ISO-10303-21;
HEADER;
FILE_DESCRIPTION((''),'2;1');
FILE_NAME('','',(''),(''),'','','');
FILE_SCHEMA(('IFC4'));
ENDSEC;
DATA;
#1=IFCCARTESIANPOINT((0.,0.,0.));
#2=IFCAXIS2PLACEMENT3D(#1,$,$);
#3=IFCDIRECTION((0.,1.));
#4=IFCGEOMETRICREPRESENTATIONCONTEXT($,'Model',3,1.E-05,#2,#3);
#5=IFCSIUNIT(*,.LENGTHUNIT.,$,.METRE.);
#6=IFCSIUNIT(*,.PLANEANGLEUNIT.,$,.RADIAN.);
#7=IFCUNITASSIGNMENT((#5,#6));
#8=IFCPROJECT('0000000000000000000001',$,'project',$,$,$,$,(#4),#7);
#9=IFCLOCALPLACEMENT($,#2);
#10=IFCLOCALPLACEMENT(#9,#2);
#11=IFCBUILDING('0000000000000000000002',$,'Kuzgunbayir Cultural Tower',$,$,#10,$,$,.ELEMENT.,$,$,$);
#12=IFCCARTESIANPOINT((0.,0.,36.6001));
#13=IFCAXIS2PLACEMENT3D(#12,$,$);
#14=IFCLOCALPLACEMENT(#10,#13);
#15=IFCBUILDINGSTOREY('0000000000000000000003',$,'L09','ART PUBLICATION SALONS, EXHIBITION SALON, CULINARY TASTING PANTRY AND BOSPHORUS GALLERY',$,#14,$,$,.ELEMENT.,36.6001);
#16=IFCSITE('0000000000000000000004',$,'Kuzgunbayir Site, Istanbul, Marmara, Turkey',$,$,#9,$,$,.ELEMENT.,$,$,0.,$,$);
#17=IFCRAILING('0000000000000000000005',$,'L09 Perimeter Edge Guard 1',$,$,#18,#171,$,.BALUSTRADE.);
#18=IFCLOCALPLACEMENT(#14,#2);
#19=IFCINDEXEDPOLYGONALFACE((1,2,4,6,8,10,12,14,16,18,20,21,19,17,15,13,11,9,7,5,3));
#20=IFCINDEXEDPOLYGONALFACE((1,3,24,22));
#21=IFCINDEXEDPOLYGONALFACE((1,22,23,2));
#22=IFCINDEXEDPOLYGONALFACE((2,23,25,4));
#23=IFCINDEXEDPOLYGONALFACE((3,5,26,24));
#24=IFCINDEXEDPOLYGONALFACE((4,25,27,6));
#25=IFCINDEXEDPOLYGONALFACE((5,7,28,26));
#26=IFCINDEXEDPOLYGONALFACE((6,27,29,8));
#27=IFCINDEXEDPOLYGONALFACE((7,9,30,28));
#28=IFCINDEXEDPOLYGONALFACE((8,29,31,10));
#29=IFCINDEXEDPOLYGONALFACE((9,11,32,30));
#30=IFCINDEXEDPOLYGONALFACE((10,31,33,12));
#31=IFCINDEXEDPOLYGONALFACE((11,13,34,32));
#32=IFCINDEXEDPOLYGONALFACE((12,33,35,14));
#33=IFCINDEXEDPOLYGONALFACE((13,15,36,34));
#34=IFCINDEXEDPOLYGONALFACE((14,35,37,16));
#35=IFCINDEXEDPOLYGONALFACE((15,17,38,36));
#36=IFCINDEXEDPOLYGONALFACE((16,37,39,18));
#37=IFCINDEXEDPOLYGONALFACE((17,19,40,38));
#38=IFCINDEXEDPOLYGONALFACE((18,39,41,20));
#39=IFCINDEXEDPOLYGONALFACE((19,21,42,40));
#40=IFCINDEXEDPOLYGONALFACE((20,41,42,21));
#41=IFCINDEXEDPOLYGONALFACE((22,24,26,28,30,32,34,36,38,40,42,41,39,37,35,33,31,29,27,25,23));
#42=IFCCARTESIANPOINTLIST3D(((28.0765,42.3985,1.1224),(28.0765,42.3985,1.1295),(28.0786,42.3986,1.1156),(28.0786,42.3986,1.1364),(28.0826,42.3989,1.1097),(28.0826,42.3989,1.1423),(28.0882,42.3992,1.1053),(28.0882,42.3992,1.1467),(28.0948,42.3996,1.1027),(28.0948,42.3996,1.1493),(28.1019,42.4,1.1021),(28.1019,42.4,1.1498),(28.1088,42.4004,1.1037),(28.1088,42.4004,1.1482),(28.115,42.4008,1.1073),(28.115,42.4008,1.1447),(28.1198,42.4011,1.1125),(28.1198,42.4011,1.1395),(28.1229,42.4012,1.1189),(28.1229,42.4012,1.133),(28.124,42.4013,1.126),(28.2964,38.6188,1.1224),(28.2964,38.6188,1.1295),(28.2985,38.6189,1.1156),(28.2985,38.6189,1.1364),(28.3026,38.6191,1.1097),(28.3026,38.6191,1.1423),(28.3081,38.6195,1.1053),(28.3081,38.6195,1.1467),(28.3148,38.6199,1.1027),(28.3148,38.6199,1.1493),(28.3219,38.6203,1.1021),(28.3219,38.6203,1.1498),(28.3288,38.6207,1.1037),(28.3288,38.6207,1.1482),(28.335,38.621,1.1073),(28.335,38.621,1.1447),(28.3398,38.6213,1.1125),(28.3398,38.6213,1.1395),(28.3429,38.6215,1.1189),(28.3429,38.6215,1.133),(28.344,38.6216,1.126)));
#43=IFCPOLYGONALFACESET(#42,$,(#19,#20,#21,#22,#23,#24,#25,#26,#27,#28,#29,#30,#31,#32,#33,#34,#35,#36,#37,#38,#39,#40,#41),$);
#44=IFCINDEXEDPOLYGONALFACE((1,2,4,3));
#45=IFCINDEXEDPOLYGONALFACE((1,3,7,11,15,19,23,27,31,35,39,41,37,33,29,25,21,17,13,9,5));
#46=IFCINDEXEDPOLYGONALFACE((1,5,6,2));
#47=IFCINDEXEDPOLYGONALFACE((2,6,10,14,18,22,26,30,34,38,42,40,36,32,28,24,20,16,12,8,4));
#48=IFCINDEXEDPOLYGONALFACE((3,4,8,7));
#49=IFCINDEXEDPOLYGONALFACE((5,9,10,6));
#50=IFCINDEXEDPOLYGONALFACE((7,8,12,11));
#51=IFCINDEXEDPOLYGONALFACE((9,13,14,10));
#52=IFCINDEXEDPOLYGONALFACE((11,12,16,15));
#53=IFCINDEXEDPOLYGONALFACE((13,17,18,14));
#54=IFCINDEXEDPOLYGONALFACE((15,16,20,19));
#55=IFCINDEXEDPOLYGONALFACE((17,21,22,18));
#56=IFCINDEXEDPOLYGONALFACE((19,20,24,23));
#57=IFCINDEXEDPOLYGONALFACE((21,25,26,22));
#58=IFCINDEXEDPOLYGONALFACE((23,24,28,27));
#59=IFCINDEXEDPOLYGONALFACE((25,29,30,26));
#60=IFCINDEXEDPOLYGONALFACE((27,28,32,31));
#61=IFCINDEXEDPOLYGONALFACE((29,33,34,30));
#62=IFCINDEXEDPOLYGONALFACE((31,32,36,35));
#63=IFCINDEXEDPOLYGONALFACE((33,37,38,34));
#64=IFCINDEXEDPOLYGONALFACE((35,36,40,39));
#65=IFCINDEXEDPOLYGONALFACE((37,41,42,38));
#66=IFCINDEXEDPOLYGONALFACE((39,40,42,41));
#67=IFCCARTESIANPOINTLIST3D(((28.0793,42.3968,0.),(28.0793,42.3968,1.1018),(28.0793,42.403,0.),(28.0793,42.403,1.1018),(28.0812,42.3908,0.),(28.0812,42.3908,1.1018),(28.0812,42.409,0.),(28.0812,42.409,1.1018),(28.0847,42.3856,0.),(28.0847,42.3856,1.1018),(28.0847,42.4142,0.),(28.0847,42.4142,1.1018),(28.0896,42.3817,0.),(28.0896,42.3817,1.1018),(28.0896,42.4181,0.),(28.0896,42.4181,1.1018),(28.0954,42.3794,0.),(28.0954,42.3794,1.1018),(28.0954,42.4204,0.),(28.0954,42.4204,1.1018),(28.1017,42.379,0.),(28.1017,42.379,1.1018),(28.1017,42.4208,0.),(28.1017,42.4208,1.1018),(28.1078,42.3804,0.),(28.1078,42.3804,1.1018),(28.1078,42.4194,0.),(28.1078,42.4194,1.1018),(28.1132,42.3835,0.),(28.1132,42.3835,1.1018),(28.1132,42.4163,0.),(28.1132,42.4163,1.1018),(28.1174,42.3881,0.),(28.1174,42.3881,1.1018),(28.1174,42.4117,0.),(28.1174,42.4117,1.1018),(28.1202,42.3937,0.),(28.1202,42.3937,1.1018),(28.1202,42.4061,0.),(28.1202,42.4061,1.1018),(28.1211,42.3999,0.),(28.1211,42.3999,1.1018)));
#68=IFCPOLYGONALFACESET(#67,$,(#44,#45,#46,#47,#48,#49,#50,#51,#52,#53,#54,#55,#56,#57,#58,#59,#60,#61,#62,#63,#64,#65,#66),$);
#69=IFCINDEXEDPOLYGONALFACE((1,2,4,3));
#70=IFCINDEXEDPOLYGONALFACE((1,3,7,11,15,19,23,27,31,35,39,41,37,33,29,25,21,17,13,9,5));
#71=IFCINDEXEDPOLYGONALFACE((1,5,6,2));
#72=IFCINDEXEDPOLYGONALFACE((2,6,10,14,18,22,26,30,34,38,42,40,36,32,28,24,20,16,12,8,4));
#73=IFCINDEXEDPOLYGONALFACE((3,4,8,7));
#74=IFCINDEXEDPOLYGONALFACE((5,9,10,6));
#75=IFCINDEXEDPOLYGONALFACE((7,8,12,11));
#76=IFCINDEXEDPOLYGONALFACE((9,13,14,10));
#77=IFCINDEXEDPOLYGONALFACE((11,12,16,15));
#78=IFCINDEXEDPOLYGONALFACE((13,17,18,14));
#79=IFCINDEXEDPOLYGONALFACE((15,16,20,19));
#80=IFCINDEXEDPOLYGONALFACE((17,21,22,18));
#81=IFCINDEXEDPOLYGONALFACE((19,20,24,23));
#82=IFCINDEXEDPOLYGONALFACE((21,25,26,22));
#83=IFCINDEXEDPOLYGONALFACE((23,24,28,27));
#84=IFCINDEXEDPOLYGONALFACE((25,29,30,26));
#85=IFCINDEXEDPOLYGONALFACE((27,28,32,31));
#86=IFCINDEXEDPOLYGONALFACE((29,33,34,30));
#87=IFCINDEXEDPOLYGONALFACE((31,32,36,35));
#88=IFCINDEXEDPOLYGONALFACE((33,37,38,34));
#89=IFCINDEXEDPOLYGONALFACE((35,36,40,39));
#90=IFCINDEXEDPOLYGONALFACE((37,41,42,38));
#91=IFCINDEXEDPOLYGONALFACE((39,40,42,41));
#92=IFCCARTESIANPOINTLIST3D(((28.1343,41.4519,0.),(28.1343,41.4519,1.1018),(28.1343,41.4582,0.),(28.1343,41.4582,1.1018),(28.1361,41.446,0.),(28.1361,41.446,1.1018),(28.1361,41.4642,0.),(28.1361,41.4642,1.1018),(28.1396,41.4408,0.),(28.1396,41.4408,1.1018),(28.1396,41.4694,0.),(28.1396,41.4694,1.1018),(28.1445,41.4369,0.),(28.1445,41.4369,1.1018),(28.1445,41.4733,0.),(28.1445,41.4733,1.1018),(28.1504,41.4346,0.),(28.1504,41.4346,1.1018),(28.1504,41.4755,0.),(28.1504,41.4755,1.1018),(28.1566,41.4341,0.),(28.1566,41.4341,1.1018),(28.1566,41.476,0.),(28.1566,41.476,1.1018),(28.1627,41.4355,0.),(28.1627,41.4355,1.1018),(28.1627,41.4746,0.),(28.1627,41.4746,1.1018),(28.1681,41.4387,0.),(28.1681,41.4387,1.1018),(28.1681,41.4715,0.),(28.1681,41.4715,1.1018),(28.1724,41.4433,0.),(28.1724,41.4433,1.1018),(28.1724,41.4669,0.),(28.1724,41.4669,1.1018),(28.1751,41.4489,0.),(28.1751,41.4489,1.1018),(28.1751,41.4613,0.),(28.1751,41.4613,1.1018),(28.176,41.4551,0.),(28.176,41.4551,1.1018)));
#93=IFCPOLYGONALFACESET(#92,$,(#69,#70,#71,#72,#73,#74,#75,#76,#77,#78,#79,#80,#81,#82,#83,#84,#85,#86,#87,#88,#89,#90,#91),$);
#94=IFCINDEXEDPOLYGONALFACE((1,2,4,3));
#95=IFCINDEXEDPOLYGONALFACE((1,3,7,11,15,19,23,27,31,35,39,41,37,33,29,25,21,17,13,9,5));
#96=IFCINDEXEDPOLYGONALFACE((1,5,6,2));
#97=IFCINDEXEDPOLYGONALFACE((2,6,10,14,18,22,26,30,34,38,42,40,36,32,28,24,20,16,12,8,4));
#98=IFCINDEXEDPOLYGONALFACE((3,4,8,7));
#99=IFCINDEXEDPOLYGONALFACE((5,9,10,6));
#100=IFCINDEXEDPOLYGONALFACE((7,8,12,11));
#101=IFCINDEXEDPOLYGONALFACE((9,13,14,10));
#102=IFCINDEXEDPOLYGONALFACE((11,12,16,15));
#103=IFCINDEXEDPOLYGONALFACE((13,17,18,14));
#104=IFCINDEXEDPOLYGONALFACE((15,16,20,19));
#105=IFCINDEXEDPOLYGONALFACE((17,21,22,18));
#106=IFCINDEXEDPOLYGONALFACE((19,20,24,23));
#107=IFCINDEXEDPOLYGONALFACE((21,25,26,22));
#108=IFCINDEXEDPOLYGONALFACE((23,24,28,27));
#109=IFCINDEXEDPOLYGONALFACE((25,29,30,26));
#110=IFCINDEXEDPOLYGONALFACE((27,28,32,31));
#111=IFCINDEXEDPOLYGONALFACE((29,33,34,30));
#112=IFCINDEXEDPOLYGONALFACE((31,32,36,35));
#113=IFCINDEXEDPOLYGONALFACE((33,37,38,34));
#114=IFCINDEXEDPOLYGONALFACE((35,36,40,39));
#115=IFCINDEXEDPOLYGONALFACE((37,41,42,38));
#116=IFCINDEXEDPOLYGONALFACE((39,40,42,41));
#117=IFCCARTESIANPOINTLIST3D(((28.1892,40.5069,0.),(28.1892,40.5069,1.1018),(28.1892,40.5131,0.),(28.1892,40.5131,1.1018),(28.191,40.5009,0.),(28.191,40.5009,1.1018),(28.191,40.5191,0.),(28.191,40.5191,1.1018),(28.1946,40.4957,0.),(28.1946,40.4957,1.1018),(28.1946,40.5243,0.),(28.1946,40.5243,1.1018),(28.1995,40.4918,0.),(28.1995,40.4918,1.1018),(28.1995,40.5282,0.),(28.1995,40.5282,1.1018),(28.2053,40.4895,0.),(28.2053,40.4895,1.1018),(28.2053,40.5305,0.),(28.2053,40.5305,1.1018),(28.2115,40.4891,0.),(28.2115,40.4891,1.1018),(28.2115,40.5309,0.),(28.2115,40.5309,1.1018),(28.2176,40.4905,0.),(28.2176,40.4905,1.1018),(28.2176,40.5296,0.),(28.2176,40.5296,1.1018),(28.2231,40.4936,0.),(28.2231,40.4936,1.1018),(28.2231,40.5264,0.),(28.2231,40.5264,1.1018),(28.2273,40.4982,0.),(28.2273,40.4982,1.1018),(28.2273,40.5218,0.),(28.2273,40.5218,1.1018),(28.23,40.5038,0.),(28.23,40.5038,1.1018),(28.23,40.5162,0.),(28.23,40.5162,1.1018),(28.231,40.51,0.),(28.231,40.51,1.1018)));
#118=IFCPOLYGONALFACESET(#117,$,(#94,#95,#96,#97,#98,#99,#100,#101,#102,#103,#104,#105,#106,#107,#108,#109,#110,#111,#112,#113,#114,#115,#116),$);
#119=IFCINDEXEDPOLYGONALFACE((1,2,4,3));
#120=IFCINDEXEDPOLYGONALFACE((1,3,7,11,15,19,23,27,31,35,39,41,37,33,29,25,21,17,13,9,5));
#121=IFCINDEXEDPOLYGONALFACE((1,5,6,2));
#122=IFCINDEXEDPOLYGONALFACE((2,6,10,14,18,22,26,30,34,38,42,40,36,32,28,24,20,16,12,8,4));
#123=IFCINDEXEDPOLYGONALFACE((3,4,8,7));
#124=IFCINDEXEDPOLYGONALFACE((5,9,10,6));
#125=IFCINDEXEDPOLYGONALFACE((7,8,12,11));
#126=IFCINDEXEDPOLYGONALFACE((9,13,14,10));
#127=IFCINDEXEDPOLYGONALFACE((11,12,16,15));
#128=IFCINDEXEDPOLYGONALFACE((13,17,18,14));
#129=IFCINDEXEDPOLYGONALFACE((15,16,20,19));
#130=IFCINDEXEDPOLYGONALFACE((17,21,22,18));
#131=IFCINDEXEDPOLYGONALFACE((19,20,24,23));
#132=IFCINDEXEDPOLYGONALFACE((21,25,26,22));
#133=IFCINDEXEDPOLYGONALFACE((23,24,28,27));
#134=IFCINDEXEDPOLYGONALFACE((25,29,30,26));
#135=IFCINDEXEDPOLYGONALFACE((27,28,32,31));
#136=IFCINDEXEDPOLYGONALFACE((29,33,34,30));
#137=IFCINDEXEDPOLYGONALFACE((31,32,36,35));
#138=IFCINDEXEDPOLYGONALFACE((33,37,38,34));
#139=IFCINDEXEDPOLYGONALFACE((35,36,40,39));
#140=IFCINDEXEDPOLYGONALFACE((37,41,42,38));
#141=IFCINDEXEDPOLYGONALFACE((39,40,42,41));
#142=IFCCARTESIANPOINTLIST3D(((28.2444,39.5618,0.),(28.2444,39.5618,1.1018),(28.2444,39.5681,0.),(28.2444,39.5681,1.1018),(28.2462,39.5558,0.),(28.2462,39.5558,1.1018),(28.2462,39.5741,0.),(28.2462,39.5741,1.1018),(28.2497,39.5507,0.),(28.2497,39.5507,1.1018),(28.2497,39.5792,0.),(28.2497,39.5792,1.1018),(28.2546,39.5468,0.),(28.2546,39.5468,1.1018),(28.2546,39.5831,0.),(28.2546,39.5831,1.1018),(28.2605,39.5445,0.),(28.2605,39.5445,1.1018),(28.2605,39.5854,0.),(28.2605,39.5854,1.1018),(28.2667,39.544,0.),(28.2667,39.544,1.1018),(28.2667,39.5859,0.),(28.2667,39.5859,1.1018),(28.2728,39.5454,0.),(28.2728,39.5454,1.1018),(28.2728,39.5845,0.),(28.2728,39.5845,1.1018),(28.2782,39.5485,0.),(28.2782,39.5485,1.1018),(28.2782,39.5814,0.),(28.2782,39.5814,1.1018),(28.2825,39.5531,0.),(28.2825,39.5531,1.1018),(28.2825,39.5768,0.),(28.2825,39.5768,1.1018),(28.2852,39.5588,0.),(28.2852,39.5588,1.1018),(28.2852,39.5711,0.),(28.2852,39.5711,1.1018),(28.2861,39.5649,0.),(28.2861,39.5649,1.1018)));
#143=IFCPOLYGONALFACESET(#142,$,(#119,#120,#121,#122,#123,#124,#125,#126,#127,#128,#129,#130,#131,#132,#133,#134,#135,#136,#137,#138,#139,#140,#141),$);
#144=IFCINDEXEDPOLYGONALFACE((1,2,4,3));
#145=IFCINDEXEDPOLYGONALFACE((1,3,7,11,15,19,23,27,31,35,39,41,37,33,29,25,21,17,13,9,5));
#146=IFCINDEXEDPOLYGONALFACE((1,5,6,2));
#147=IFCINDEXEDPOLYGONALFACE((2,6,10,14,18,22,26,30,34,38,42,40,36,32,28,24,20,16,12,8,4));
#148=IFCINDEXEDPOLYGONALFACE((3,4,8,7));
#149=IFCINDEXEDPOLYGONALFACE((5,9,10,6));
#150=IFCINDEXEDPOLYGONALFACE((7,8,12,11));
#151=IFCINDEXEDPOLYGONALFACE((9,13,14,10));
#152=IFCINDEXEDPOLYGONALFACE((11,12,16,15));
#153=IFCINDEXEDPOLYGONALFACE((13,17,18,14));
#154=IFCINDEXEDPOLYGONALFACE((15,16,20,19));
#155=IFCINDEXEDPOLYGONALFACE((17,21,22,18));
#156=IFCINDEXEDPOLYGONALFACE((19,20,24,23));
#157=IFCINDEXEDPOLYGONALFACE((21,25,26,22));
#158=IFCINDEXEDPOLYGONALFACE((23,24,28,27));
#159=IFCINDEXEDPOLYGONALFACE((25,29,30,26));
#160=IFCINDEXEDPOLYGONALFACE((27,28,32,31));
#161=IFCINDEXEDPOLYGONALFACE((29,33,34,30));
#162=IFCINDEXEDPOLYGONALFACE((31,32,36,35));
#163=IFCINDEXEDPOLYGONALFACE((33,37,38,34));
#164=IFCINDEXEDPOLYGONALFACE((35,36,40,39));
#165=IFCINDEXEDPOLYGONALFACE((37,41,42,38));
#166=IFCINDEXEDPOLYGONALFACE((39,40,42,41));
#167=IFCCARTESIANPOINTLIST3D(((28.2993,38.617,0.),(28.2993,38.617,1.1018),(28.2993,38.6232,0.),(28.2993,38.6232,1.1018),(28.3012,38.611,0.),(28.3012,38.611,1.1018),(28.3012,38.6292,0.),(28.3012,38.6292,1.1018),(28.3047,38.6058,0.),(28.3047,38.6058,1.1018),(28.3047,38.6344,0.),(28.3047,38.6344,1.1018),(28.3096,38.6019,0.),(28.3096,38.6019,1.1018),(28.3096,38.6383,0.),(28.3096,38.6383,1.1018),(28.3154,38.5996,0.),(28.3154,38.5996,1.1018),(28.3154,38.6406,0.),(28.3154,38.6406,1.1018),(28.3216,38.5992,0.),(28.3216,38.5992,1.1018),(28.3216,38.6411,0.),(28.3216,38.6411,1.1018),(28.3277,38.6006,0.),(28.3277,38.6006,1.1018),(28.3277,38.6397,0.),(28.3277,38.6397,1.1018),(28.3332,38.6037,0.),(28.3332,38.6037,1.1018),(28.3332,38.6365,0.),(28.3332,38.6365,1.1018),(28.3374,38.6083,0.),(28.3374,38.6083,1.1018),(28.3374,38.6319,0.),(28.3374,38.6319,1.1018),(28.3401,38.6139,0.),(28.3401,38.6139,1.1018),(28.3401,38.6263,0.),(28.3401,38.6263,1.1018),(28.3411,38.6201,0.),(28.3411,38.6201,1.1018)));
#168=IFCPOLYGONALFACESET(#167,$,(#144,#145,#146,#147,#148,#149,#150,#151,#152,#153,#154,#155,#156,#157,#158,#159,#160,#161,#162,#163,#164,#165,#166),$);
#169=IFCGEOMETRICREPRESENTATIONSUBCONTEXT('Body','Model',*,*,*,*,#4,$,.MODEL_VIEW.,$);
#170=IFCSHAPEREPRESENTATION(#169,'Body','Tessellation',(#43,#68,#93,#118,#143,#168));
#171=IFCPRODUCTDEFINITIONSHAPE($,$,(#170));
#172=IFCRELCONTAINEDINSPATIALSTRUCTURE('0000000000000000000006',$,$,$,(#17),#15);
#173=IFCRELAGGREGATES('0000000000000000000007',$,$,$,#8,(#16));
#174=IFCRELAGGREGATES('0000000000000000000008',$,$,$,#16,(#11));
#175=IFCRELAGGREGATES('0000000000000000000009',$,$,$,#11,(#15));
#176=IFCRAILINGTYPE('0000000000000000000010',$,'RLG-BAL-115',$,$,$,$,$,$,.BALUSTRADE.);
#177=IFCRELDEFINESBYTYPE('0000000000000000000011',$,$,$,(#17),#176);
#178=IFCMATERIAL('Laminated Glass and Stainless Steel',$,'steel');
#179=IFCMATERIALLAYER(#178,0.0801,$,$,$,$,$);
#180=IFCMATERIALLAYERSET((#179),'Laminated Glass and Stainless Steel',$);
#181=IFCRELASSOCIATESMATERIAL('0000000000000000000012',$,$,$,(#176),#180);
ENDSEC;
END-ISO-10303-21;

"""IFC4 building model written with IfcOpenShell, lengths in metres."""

from ifc_helpers import new_model, si_unit, direction, frame, origin, origin_2d, place, context, subcontext, project, spatial, circle, extrude, material, layer, layer_set, type_object, element, save


model = new_model("IFC4")

# Units and contexts
model_context = context("Model", 3, precision=1e-05, world=origin(), true_north=direction((0.0, 1.0)))
body_context = subcontext(model_context, "Body", "Model", "MODEL_VIEW")
ifc_project = project(units=[si_unit("LENGTHUNIT", "METRE"), si_unit("PLANEANGLEUNIT", "RADIAN")], contexts=[model_context])

# Site, building, storey
site_placement = place(None, origin())
site = spatial("IfcSite", under=ifc_project, at=site_placement, Name="Kuzgunbayir Site, Istanbul, Marmara, Turkey", CompositionType="ELEMENT", RefElevation=0.0)
building_placement = place(site_placement, origin())
building = spatial("IfcBuilding", under=site, at=building_placement, Name="Kuzgunbayir Cultural Tower", CompositionType="ELEMENT")
storey_placement = place(building_placement, frame((0.0, 0.0, 36.6001)))
storey = spatial("IfcBuildingStorey", under=building, at=storey_placement, Name="L09", Description="ART PUBLICATION SALONS, EXHIBITION SALON, CULINARY TASTING PANTRY AND BOSPHORUS GALLERY", CompositionType="ELEMENT", Elevation=36.6001)

# Railing
ifc_material_1 = material(Name="Laminated Glass and Stainless Steel", Category="steel")
ifc_layer_1 = layer(ifc_material_1, 0.0801)
ifc_layer_set_1 = layer_set([ifc_layer_1], Name="Laminated Glass and Stainless Steel")
railing_type = type_object("IfcRailingType", Name="RLG-BAL-115", PredefinedType="BALUSTRADE", material=ifc_layer_set_1)
railing_1_placement = place(storey_placement, frame((28.1001, 42.3999, 0.0)))
element("IfcRailing", 1, at=railing_1_placement, inside=storey, type_object=railing_type, Name="L09 Perimeter Edge Guard 1", PredefinedType="BALUSTRADE", context=body_context, shape_type="SweptSolid", body=[
    extrude(circle(Radius=0.0239, at=origin_2d()), frame((0.0, 0.0, 1.126), z_axis=(0.058098, -0.998311, 0.0), x_axis=(0.998311, 0.058098, 0.0)), (0.0, 0.0, 1.0), 3.7861),
    extrude(circle(Radius=0.021, at=origin_2d()), origin(), (0.0, 0.0, 1.0), 1.1018),
    extrude(circle(Radius=0.021, at=origin_2d()), frame((0.0549, -0.9448, 0.0)), (0.0, 0.0, 1.0), 1.1018),
    extrude(circle(Radius=0.021, at=origin_2d()), frame((0.1099, -1.8899, 0.0)), (0.0, 0.0, 1.0), 1.1018),
    extrude(circle(Radius=0.021, at=origin_2d()), frame((0.165, -2.835, 0.0)), (0.0, 0.0, 1.0), 1.1018),
    extrude(circle(Radius=0.021, at=origin_2d()), frame((0.22, -3.7798, 0.0)), (0.0, 0.0, 1.0), 1.1018),
])

save(model, "model.ifc")
